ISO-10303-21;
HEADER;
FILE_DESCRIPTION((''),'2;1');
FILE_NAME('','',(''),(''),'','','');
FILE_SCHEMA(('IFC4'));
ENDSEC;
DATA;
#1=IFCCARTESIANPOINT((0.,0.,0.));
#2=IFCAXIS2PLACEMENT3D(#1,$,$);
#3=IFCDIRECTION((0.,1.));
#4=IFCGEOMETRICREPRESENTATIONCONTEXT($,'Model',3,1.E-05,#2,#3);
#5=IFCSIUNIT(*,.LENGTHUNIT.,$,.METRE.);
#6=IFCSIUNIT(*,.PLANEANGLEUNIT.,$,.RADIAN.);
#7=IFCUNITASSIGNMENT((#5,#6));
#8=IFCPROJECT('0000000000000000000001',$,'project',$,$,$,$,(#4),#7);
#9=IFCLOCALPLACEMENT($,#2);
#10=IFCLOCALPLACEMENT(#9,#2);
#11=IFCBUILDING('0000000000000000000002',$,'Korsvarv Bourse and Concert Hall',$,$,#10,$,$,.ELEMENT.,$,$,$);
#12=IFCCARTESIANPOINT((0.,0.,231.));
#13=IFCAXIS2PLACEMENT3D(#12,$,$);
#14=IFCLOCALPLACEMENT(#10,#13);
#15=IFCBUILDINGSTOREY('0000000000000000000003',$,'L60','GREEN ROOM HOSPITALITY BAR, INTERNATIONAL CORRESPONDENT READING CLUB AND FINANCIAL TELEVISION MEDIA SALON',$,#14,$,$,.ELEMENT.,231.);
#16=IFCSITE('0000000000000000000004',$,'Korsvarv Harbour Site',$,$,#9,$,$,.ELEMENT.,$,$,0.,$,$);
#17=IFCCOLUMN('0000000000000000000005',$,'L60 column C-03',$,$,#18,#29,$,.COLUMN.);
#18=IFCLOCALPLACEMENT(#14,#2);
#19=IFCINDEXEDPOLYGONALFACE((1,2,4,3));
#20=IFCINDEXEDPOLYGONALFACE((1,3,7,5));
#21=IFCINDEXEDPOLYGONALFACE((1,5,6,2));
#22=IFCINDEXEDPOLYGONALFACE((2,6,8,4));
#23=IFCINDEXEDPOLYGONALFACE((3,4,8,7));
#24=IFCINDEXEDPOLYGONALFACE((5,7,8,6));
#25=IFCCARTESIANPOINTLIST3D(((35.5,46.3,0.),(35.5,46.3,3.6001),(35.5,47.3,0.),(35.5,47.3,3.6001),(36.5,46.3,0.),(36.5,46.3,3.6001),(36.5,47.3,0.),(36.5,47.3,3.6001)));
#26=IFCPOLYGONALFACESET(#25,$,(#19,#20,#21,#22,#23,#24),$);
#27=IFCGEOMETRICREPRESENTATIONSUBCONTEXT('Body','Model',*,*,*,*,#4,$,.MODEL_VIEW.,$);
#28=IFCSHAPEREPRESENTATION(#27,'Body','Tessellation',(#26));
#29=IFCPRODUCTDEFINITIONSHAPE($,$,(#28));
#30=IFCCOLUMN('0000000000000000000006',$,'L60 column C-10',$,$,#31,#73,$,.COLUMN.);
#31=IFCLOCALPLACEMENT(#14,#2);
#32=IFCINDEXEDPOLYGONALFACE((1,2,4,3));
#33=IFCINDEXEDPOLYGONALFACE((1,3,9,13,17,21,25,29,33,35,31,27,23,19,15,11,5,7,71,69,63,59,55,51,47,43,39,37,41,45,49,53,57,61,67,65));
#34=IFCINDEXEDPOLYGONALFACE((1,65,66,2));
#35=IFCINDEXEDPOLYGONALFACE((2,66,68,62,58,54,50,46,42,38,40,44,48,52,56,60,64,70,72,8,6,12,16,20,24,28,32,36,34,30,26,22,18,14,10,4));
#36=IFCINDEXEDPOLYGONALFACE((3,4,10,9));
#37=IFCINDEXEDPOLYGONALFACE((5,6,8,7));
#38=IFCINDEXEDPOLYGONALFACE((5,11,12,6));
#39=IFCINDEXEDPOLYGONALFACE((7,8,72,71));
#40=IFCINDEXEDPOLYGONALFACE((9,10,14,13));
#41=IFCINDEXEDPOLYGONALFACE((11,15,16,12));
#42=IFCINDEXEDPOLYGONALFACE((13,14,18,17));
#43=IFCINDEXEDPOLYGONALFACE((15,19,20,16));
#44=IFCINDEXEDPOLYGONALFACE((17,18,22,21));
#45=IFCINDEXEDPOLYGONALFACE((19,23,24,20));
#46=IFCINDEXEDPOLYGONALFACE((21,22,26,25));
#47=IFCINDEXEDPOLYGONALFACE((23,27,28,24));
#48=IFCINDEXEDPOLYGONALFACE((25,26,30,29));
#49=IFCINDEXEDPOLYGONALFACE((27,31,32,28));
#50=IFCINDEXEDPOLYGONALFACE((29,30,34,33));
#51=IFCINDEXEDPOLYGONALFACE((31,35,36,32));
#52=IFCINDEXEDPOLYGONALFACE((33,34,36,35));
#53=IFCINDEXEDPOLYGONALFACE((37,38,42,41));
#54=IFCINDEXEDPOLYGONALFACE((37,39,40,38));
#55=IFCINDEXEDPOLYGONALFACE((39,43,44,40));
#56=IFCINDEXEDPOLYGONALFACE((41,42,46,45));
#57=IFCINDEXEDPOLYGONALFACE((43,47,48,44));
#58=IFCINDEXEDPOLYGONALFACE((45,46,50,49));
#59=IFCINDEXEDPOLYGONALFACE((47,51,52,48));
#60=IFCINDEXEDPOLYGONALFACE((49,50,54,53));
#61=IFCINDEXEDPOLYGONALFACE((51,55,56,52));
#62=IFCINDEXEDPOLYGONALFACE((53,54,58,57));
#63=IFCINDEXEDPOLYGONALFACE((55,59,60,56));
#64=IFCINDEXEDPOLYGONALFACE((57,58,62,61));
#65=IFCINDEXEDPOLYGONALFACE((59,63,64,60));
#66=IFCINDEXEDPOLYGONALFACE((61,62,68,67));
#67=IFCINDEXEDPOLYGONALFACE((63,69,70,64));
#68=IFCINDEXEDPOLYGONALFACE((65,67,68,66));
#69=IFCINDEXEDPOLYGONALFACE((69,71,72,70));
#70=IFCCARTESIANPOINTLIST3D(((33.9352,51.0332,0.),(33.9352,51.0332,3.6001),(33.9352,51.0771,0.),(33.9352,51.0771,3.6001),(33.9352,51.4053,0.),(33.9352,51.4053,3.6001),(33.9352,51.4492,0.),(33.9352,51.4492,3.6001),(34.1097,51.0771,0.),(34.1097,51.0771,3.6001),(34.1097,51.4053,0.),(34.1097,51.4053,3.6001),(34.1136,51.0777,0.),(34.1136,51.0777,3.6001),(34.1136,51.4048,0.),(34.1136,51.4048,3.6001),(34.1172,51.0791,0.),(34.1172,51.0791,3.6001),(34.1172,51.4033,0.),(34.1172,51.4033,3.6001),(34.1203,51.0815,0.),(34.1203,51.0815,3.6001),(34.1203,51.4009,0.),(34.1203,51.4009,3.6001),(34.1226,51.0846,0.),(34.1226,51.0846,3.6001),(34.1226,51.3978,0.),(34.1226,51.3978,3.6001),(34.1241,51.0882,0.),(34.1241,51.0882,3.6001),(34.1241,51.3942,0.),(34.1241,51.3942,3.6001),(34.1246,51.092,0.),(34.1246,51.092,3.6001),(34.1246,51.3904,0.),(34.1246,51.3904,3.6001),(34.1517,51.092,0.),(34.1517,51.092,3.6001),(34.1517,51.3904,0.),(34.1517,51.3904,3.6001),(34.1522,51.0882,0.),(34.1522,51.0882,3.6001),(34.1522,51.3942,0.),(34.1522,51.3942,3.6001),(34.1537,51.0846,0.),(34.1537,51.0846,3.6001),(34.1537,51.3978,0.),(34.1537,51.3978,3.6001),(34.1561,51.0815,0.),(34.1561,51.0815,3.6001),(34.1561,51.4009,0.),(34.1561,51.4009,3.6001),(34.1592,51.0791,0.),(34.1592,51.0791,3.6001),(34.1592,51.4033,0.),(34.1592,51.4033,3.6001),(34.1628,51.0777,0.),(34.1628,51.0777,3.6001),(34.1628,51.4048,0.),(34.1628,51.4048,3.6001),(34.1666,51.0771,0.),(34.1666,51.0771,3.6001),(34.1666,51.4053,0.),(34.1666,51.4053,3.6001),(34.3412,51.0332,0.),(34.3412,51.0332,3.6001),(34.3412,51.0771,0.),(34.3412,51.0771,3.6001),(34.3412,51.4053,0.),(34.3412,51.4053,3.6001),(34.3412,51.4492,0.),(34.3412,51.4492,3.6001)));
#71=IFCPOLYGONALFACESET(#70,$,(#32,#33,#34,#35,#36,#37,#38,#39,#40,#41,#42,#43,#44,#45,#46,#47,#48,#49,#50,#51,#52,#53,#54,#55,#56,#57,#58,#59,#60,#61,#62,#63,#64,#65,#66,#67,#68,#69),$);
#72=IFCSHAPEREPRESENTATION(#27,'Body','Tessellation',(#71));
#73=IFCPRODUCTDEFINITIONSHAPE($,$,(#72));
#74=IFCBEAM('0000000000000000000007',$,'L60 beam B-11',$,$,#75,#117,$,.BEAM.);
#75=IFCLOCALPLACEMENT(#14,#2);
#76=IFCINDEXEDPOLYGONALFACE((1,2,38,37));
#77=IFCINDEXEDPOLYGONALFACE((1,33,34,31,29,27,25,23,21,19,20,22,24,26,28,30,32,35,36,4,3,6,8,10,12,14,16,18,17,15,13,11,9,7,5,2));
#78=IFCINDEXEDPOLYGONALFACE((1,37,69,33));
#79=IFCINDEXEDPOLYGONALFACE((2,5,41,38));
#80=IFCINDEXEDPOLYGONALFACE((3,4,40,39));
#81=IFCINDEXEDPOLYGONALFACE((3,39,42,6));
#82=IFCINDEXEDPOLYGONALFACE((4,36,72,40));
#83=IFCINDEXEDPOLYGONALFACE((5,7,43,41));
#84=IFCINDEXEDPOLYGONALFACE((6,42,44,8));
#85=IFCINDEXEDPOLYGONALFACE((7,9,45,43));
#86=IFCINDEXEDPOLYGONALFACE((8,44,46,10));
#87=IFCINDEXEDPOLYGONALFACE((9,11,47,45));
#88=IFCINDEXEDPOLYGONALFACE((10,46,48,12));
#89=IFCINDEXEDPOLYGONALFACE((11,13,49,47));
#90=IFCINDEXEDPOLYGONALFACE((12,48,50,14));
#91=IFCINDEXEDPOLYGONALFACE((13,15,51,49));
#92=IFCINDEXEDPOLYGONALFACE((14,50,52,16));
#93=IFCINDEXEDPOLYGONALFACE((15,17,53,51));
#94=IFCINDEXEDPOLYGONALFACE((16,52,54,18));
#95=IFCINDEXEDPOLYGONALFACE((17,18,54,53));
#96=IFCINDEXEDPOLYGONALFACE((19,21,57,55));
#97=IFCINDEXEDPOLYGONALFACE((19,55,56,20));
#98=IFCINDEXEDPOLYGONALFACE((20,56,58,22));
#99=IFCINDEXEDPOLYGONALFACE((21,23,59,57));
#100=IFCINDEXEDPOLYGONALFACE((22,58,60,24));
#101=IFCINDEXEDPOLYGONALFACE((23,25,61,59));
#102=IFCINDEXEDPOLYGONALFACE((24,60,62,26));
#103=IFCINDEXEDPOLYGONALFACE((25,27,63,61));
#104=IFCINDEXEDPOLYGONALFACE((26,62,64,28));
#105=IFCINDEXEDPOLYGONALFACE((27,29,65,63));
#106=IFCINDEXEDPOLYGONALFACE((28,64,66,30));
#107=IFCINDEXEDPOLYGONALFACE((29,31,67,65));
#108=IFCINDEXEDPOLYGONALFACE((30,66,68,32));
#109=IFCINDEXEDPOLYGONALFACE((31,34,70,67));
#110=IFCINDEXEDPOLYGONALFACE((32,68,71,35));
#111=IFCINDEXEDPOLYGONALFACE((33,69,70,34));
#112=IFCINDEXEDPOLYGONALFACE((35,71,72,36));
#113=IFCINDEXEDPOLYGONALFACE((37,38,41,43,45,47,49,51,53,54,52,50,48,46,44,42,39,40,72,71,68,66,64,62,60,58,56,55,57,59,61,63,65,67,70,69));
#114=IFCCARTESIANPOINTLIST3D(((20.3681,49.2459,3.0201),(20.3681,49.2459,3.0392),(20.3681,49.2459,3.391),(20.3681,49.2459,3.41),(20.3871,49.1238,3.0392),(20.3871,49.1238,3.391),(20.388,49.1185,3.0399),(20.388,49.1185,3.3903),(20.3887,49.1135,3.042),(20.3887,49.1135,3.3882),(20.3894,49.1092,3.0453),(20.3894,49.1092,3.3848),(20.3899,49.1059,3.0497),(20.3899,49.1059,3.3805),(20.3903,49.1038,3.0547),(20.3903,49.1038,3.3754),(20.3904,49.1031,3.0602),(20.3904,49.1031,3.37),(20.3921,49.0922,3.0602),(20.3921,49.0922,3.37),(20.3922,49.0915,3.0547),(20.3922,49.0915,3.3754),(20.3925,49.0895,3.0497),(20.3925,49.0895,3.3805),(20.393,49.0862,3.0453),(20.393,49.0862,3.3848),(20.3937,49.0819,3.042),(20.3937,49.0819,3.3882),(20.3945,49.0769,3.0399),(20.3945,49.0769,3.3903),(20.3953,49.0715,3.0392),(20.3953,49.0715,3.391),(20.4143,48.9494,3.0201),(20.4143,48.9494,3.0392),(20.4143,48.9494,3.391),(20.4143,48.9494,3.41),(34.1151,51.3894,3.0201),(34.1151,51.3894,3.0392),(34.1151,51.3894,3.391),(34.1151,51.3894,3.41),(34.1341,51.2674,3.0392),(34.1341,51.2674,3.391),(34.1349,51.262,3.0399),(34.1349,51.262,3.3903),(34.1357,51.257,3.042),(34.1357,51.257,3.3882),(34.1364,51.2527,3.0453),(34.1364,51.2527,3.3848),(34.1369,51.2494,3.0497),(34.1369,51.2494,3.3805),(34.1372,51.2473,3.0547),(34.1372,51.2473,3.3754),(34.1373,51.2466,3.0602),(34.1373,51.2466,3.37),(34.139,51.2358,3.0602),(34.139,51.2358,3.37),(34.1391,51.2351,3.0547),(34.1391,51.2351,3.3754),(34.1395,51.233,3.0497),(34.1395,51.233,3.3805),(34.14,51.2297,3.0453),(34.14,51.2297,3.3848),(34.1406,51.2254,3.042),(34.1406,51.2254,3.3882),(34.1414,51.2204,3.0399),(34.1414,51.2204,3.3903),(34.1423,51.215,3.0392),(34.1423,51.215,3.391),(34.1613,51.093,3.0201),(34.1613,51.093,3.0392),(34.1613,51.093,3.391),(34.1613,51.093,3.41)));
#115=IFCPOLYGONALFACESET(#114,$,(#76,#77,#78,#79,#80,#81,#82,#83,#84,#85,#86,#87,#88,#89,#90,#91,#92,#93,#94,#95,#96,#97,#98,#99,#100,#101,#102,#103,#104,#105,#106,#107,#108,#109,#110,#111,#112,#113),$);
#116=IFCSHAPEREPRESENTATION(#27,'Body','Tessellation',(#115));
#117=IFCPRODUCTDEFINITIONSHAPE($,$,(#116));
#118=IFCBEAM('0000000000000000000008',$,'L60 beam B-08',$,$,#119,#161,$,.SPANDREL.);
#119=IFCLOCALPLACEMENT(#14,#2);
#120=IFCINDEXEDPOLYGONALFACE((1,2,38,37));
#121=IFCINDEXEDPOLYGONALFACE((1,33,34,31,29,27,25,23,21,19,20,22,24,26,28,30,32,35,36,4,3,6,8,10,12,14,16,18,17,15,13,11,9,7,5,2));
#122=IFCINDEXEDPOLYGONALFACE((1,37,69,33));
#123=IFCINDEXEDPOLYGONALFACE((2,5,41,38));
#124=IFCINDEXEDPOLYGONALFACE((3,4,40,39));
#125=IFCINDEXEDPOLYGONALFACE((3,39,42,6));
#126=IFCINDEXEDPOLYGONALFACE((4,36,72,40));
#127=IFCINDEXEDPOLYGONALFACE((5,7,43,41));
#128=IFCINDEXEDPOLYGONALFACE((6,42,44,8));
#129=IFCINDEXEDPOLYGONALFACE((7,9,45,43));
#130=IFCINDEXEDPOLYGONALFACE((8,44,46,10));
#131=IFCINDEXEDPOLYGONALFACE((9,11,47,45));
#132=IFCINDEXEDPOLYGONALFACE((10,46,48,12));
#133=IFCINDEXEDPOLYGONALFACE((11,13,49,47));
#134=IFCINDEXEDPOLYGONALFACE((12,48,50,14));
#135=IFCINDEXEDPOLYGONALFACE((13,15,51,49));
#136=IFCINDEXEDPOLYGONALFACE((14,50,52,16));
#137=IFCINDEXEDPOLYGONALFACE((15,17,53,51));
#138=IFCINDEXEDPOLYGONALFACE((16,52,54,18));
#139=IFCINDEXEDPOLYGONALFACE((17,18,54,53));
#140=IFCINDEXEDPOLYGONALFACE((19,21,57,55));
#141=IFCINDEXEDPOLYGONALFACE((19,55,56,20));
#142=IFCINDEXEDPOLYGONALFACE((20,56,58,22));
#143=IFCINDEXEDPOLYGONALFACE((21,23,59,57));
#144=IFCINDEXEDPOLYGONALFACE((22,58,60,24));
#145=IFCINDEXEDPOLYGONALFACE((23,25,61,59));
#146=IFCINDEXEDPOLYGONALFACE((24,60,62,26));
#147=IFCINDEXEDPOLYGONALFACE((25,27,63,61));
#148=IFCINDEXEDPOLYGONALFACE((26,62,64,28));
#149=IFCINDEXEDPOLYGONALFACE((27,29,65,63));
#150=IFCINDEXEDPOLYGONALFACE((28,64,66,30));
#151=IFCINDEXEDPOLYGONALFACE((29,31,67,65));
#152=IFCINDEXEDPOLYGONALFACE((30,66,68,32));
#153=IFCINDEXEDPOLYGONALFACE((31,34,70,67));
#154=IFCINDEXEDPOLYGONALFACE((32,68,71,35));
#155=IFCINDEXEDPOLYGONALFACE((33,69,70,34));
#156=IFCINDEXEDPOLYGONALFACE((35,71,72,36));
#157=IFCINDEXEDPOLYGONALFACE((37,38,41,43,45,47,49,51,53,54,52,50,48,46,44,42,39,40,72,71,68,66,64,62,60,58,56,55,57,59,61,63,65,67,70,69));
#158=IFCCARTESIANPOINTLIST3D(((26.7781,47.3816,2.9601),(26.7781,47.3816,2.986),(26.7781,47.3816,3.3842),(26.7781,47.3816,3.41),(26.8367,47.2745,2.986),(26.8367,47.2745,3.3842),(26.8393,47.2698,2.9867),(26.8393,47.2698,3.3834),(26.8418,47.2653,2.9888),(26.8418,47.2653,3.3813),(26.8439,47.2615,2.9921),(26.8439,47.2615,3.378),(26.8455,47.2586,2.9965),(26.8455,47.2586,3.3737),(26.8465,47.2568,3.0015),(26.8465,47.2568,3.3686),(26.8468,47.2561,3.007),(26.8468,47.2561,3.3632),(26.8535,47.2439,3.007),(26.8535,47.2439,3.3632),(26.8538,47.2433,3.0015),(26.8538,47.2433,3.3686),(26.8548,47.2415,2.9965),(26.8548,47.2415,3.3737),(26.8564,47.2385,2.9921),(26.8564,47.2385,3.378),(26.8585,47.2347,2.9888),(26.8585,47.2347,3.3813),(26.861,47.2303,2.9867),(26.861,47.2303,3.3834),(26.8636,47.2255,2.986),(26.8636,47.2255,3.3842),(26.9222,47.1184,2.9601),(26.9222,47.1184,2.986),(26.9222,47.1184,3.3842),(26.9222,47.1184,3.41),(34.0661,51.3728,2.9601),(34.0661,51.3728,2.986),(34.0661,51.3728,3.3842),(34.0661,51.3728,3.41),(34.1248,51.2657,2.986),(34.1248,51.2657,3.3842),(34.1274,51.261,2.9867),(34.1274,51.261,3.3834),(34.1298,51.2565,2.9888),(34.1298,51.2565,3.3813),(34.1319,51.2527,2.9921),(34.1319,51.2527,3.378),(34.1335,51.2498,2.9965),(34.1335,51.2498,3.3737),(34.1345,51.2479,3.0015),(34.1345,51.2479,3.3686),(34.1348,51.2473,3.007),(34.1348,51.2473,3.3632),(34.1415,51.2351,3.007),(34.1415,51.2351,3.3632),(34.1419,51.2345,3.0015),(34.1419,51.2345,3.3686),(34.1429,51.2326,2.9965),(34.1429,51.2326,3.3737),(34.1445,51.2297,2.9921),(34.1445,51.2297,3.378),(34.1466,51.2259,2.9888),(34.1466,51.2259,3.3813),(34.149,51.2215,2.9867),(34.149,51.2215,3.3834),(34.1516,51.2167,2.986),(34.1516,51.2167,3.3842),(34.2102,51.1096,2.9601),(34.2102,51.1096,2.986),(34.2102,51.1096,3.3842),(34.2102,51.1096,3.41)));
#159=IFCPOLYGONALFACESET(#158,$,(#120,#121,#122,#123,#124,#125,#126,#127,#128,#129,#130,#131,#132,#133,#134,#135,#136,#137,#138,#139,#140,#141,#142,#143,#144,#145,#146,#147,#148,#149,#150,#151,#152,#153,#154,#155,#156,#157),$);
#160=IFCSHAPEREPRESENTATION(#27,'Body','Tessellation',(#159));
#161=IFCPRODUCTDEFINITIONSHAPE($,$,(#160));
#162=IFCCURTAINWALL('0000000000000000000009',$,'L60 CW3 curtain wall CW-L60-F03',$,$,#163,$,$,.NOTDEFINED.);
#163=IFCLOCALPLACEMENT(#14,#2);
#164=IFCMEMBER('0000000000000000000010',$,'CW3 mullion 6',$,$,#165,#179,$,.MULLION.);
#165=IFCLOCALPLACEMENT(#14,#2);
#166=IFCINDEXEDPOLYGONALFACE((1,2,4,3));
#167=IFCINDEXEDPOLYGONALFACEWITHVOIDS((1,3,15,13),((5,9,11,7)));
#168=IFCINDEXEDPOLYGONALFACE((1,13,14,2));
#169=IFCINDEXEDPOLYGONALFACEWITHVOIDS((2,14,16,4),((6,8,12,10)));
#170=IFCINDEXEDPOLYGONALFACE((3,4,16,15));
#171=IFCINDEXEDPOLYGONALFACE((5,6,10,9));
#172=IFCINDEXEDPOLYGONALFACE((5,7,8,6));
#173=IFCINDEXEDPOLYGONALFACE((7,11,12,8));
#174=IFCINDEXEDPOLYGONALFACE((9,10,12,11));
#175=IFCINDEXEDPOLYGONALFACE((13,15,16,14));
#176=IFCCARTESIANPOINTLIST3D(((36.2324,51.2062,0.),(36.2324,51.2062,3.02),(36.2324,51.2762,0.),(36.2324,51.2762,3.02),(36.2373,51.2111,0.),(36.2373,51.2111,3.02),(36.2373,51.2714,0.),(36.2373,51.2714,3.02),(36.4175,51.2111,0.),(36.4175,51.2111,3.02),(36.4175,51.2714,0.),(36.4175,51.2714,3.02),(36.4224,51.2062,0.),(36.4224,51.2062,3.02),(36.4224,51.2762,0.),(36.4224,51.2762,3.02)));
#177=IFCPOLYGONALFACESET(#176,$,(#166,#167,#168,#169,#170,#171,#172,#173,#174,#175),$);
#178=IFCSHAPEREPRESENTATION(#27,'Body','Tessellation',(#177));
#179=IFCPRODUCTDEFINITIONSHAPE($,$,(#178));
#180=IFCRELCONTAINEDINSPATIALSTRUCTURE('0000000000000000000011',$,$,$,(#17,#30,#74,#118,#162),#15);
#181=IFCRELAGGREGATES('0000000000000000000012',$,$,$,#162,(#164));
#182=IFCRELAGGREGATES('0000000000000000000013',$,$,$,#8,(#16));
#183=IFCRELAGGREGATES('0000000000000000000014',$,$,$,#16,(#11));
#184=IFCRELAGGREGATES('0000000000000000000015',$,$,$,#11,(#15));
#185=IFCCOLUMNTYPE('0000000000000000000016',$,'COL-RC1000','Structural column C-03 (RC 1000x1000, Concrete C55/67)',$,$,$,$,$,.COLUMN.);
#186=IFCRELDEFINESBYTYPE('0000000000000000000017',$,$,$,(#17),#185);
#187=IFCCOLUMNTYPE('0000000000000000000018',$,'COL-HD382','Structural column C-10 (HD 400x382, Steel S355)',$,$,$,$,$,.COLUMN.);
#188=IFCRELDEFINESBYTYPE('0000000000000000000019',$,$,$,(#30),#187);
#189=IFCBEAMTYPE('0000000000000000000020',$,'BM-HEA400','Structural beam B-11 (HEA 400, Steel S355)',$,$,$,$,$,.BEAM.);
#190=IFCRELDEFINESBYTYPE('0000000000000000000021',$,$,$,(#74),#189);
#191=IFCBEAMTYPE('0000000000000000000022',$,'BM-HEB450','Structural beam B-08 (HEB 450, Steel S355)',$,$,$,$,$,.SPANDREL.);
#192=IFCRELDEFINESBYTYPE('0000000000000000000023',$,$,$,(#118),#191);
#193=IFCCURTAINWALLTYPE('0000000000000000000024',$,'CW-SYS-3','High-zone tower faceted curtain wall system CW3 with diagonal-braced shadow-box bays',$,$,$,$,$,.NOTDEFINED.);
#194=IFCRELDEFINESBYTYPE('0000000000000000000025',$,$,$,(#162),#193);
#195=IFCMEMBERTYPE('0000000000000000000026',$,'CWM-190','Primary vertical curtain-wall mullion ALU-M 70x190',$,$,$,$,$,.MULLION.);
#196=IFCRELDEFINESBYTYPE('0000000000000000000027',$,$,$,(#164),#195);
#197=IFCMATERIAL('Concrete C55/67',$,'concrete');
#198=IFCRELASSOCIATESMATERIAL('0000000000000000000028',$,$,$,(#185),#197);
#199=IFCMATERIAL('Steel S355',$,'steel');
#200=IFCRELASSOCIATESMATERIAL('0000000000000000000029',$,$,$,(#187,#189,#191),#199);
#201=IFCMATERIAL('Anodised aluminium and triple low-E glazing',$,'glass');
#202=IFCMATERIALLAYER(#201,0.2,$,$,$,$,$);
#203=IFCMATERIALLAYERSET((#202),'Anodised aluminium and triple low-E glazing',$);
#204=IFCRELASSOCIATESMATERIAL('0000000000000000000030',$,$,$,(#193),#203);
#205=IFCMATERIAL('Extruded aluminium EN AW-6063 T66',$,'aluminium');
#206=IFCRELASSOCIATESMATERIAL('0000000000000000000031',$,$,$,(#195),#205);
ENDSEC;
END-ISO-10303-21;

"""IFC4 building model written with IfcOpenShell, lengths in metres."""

from ifc_helpers import new_model, si_unit, direction, frame, origin, origin_2d, place, context, subcontext, project, spatial, rectangle, hollow_rectangle, i_section, extrude, source, transform, mapped, material, layer, layer_set, material_profile, profile_set, type_object, element, aggregate, save


model = new_model("IFC4")

# Units and contexts
model_context = context("Model", 3, precision=1e-05, world=origin(), true_north=direction((0.0, 1.0)))
body_context = subcontext(model_context, "Body", "Model", "MODEL_VIEW")
ifc_project = project(units=[si_unit("LENGTHUNIT", "METRE"), si_unit("PLANEANGLEUNIT", "RADIAN")], contexts=[model_context])

# Site, building, storey
site_placement = place(None, origin())
site = spatial("IfcSite", under=ifc_project, at=site_placement, Name="Korsvarv Harbour Site", CompositionType="ELEMENT", RefElevation=0.0)
building_placement = place(site_placement, origin())
building = spatial("IfcBuilding", under=site, at=building_placement, Name="Korsvarv Bourse and Concert Hall", CompositionType="ELEMENT")
storey_placement = place(building_placement, frame((0.0, 0.0, 231.0)))
storey = spatial("IfcBuildingStorey", under=building, at=storey_placement, Name="L60", Description="GREEN ROOM HOSPITALITY BAR, INTERNATIONAL CORRESPONDENT READING CLUB AND FINANCIAL TELEVISION MEDIA SALON", CompositionType="ELEMENT", Elevation=231.0)

# Columns
ifc_material_1 = material(Name="Concrete C55/67", Category="concrete")
ifc_material_profile_1 = material_profile(ifc_material_1, rectangle(XDim=1.0, YDim=1.0, at=origin_2d()), Name="RC 1000x1000")
ifc_profile_set_1 = profile_set([ifc_material_profile_1], Name="Concrete C55/67")
column_type_1 = type_object("IfcColumnType", Name="COL-RC1000", Description="Structural column C-03 (RC 1000x1000, Concrete C55/67)", PredefinedType="COLUMN", material=ifc_profile_set_1)
shared_shape_1 = source(origin(), body_context, "Body", "SweptSolid", [
    extrude(rectangle(XDim=1.0, YDim=1.0, at=origin_2d()), origin(), (0.0, 0.0, 1.0), 3.6001),
])
column_1_placement = place(storey_placement, frame((36.0, 46.8, 0.0), z_axis=(0.0, 0.0, 1.0), x_axis=(1.0, 0.0, 0.0)))
element("IfcColumn", 1, at=column_1_placement, inside=storey, type_object=column_type_1, Name="L60 column C-03", PredefinedType="COLUMN", context=body_context, shape_type="MappedRepresentation", body=[
    mapped(shared_shape_1, transform((0.0, 0.0, 0.0), scale=1.0)),
])
ifc_material_2 = material(Name="Steel S355", Category="steel")
ifc_material_profile_2 = material_profile(ifc_material_2, i_section(OverallWidth=0.406, OverallDepth=0.416, WebThickness=0.0271, FlangeThickness=0.0439, FilletRadius=0.0149, at=origin_2d()), Name="HD 400x382")
ifc_profile_set_2 = profile_set([ifc_material_profile_2], Name="Steel S355")
column_type_2 = type_object("IfcColumnType", Name="COL-HD382", Description="Structural column C-10 (HD 400x382, Steel S355)", PredefinedType="COLUMN", material=ifc_profile_set_2)
shared_shape_2 = source(origin(), body_context, "Body", "SweptSolid", [
    extrude(i_section(OverallWidth=0.406, OverallDepth=0.416, WebThickness=0.0271, FlangeThickness=0.0439, FilletRadius=0.0149, at=origin_2d()), origin(), (0.0, 0.0, 1.0), 3.6001),
])
column_2_placement = place(storey_placement, frame((34.1382, 51.2412, 0.0), z_axis=(0.0, 0.0, 1.0), x_axis=(1.0, 0.0, 0.0)))
element("IfcColumn", 2, at=column_2_placement, inside=storey, type_object=column_type_2, Name="L60 column C-10", PredefinedType="COLUMN", context=body_context, shape_type="MappedRepresentation", body=[
    mapped(shared_shape_2, transform((0.0, 0.0, 0.0), scale=1.0)),
])

# Beams
ifc_material_profile_3 = material_profile(ifc_material_2, i_section(OverallWidth=0.3, OverallDepth=0.3899, WebThickness=0.011, FlangeThickness=0.019, FilletRadius=0.021, at=origin_2d()), Name="HEA 400")
ifc_profile_set_3 = profile_set([ifc_material_profile_3], Name="Steel S355")
beam_type_1 = type_object("IfcBeamType", Name="BM-HEA400", Description="Structural beam B-11 (HEA 400, Steel S355)", PredefinedType="BEAM", material=ifc_profile_set_3)
shared_shape_3 = source(origin(), body_context, "Body", "SweptSolid", [
    extrude(i_section(OverallWidth=0.3, OverallDepth=0.3899, WebThickness=0.011, FlangeThickness=0.019, FilletRadius=0.021, at=origin_2d()), origin(), (0.0, 0.0, 1.0), 13.9131),
])
beam_1_placement = place(storey_placement, frame((34.1382, 51.2412, 3.2151), z_axis=(-0.98806, -0.154066, 0.0), x_axis=(0.154066, -0.98806, 0.0)))
element("IfcBeam", 3, at=beam_1_placement, inside=storey, type_object=beam_type_1, Name="L60 beam B-11", PredefinedType="BEAM", context=body_context, shape_type="MappedRepresentation", body=[
    mapped(shared_shape_3, transform((0.0, 0.0, 0.0), scale=1.0)),
])
ifc_material_profile_4 = material_profile(ifc_material_2, i_section(OverallWidth=0.3, OverallDepth=0.45, WebThickness=0.0139, FlangeThickness=0.0259, FilletRadius=0.021, at=origin_2d()), Name="HEB 450")
ifc_profile_set_4 = profile_set([ifc_material_profile_4], Name="Steel S355")
beam_type_2 = type_object("IfcBeamType", Name="BM-HEB450", Description="Structural beam B-08 (HEB 450, Steel S355)", PredefinedType="SPANDREL", material=ifc_profile_set_4)
shared_shape_4 = source(origin(), body_context, "Body", "SweptSolid", [
    extrude(i_section(OverallWidth=0.3, OverallDepth=0.45, WebThickness=0.0139, FlangeThickness=0.0259, FilletRadius=0.021, at=origin_2d()), origin(), (0.0, 0.0, 1.0), 8.3093),
])
beam_2_placement = place(storey_placement, frame((34.1382, 51.2412, 3.1851), z_axis=(-0.87709, -0.480325, 0.0), x_axis=(0.480325, -0.87709, 0.0)))
element("IfcBeam", 4, at=beam_2_placement, inside=storey, type_object=beam_type_2, Name="L60 beam B-08", PredefinedType="SPANDREL", context=body_context, shape_type="MappedRepresentation", body=[
    mapped(shared_shape_4, transform((0.0, 0.0, 0.0), scale=1.0)),
])

# Curtain wall, member
ifc_material_3 = material(Name="Anodised aluminium and triple low-E glazing", Category="glass")
ifc_layer_1 = layer(ifc_material_3, 0.2)
ifc_layer_set_1 = layer_set([ifc_layer_1], Name="Anodised aluminium and triple low-E glazing")
curtain_wall_type = type_object("IfcCurtainWallType", Name="CW-SYS-3", Description="High-zone tower faceted curtain wall system CW3 with diagonal-braced shadow-box bays", PredefinedType="NOTDEFINED", material=ifc_layer_set_1)
curtain_wall_placement = place(storey_placement, origin())
curtain_wall = element("IfcCurtainWall", 5, at=curtain_wall_placement, inside=storey, type_object=curtain_wall_type, Name="L60 CW3 curtain wall CW-L60-F03", PredefinedType="NOTDEFINED")
ifc_material_4 = material(Name="Extruded aluminium EN AW-6063 T66", Category="aluminium")
ifc_material_profile_5 = material_profile(ifc_material_4, hollow_rectangle(XDim=0.0701, YDim=0.1899, WallThickness=0.0049, at=origin_2d()), Name="ALU-M 70x190")
ifc_profile_set_5 = profile_set([ifc_material_profile_5], Name="Extruded aluminium EN AW-6063 T66")
member_type_1 = type_object("IfcMemberType", Name="CWM-190", Description="Primary vertical curtain-wall mullion ALU-M 70x190", PredefinedType="MULLION", material=ifc_profile_set_5)
shared_shape_5 = source(origin(), body_context, "Body", "SweptSolid", [
    extrude(hollow_rectangle(XDim=0.0701, YDim=0.1899, WallThickness=0.0049, at=origin_2d()), origin(), (0.0, 0.0, 1.0), 3.02),
])
member_1_placement = place(storey_placement, frame((36.3274, 51.2412, 0.0), z_axis=(0.0, 0.0, 1.0), x_axis=(0.0, -1.0, 0.0)))
member_1 = element("IfcMember", 6, at=member_1_placement, type_object=member_type_1, Name="CW3 mullion 6", PredefinedType="MULLION", context=body_context, shape_type="MappedRepresentation", body=[
    mapped(shared_shape_5, transform((0.0, 0.0, 0.0), scale=1.0)),
])
aggregate(curtain_wall, [member_1])

save(model, "model.ifc")
